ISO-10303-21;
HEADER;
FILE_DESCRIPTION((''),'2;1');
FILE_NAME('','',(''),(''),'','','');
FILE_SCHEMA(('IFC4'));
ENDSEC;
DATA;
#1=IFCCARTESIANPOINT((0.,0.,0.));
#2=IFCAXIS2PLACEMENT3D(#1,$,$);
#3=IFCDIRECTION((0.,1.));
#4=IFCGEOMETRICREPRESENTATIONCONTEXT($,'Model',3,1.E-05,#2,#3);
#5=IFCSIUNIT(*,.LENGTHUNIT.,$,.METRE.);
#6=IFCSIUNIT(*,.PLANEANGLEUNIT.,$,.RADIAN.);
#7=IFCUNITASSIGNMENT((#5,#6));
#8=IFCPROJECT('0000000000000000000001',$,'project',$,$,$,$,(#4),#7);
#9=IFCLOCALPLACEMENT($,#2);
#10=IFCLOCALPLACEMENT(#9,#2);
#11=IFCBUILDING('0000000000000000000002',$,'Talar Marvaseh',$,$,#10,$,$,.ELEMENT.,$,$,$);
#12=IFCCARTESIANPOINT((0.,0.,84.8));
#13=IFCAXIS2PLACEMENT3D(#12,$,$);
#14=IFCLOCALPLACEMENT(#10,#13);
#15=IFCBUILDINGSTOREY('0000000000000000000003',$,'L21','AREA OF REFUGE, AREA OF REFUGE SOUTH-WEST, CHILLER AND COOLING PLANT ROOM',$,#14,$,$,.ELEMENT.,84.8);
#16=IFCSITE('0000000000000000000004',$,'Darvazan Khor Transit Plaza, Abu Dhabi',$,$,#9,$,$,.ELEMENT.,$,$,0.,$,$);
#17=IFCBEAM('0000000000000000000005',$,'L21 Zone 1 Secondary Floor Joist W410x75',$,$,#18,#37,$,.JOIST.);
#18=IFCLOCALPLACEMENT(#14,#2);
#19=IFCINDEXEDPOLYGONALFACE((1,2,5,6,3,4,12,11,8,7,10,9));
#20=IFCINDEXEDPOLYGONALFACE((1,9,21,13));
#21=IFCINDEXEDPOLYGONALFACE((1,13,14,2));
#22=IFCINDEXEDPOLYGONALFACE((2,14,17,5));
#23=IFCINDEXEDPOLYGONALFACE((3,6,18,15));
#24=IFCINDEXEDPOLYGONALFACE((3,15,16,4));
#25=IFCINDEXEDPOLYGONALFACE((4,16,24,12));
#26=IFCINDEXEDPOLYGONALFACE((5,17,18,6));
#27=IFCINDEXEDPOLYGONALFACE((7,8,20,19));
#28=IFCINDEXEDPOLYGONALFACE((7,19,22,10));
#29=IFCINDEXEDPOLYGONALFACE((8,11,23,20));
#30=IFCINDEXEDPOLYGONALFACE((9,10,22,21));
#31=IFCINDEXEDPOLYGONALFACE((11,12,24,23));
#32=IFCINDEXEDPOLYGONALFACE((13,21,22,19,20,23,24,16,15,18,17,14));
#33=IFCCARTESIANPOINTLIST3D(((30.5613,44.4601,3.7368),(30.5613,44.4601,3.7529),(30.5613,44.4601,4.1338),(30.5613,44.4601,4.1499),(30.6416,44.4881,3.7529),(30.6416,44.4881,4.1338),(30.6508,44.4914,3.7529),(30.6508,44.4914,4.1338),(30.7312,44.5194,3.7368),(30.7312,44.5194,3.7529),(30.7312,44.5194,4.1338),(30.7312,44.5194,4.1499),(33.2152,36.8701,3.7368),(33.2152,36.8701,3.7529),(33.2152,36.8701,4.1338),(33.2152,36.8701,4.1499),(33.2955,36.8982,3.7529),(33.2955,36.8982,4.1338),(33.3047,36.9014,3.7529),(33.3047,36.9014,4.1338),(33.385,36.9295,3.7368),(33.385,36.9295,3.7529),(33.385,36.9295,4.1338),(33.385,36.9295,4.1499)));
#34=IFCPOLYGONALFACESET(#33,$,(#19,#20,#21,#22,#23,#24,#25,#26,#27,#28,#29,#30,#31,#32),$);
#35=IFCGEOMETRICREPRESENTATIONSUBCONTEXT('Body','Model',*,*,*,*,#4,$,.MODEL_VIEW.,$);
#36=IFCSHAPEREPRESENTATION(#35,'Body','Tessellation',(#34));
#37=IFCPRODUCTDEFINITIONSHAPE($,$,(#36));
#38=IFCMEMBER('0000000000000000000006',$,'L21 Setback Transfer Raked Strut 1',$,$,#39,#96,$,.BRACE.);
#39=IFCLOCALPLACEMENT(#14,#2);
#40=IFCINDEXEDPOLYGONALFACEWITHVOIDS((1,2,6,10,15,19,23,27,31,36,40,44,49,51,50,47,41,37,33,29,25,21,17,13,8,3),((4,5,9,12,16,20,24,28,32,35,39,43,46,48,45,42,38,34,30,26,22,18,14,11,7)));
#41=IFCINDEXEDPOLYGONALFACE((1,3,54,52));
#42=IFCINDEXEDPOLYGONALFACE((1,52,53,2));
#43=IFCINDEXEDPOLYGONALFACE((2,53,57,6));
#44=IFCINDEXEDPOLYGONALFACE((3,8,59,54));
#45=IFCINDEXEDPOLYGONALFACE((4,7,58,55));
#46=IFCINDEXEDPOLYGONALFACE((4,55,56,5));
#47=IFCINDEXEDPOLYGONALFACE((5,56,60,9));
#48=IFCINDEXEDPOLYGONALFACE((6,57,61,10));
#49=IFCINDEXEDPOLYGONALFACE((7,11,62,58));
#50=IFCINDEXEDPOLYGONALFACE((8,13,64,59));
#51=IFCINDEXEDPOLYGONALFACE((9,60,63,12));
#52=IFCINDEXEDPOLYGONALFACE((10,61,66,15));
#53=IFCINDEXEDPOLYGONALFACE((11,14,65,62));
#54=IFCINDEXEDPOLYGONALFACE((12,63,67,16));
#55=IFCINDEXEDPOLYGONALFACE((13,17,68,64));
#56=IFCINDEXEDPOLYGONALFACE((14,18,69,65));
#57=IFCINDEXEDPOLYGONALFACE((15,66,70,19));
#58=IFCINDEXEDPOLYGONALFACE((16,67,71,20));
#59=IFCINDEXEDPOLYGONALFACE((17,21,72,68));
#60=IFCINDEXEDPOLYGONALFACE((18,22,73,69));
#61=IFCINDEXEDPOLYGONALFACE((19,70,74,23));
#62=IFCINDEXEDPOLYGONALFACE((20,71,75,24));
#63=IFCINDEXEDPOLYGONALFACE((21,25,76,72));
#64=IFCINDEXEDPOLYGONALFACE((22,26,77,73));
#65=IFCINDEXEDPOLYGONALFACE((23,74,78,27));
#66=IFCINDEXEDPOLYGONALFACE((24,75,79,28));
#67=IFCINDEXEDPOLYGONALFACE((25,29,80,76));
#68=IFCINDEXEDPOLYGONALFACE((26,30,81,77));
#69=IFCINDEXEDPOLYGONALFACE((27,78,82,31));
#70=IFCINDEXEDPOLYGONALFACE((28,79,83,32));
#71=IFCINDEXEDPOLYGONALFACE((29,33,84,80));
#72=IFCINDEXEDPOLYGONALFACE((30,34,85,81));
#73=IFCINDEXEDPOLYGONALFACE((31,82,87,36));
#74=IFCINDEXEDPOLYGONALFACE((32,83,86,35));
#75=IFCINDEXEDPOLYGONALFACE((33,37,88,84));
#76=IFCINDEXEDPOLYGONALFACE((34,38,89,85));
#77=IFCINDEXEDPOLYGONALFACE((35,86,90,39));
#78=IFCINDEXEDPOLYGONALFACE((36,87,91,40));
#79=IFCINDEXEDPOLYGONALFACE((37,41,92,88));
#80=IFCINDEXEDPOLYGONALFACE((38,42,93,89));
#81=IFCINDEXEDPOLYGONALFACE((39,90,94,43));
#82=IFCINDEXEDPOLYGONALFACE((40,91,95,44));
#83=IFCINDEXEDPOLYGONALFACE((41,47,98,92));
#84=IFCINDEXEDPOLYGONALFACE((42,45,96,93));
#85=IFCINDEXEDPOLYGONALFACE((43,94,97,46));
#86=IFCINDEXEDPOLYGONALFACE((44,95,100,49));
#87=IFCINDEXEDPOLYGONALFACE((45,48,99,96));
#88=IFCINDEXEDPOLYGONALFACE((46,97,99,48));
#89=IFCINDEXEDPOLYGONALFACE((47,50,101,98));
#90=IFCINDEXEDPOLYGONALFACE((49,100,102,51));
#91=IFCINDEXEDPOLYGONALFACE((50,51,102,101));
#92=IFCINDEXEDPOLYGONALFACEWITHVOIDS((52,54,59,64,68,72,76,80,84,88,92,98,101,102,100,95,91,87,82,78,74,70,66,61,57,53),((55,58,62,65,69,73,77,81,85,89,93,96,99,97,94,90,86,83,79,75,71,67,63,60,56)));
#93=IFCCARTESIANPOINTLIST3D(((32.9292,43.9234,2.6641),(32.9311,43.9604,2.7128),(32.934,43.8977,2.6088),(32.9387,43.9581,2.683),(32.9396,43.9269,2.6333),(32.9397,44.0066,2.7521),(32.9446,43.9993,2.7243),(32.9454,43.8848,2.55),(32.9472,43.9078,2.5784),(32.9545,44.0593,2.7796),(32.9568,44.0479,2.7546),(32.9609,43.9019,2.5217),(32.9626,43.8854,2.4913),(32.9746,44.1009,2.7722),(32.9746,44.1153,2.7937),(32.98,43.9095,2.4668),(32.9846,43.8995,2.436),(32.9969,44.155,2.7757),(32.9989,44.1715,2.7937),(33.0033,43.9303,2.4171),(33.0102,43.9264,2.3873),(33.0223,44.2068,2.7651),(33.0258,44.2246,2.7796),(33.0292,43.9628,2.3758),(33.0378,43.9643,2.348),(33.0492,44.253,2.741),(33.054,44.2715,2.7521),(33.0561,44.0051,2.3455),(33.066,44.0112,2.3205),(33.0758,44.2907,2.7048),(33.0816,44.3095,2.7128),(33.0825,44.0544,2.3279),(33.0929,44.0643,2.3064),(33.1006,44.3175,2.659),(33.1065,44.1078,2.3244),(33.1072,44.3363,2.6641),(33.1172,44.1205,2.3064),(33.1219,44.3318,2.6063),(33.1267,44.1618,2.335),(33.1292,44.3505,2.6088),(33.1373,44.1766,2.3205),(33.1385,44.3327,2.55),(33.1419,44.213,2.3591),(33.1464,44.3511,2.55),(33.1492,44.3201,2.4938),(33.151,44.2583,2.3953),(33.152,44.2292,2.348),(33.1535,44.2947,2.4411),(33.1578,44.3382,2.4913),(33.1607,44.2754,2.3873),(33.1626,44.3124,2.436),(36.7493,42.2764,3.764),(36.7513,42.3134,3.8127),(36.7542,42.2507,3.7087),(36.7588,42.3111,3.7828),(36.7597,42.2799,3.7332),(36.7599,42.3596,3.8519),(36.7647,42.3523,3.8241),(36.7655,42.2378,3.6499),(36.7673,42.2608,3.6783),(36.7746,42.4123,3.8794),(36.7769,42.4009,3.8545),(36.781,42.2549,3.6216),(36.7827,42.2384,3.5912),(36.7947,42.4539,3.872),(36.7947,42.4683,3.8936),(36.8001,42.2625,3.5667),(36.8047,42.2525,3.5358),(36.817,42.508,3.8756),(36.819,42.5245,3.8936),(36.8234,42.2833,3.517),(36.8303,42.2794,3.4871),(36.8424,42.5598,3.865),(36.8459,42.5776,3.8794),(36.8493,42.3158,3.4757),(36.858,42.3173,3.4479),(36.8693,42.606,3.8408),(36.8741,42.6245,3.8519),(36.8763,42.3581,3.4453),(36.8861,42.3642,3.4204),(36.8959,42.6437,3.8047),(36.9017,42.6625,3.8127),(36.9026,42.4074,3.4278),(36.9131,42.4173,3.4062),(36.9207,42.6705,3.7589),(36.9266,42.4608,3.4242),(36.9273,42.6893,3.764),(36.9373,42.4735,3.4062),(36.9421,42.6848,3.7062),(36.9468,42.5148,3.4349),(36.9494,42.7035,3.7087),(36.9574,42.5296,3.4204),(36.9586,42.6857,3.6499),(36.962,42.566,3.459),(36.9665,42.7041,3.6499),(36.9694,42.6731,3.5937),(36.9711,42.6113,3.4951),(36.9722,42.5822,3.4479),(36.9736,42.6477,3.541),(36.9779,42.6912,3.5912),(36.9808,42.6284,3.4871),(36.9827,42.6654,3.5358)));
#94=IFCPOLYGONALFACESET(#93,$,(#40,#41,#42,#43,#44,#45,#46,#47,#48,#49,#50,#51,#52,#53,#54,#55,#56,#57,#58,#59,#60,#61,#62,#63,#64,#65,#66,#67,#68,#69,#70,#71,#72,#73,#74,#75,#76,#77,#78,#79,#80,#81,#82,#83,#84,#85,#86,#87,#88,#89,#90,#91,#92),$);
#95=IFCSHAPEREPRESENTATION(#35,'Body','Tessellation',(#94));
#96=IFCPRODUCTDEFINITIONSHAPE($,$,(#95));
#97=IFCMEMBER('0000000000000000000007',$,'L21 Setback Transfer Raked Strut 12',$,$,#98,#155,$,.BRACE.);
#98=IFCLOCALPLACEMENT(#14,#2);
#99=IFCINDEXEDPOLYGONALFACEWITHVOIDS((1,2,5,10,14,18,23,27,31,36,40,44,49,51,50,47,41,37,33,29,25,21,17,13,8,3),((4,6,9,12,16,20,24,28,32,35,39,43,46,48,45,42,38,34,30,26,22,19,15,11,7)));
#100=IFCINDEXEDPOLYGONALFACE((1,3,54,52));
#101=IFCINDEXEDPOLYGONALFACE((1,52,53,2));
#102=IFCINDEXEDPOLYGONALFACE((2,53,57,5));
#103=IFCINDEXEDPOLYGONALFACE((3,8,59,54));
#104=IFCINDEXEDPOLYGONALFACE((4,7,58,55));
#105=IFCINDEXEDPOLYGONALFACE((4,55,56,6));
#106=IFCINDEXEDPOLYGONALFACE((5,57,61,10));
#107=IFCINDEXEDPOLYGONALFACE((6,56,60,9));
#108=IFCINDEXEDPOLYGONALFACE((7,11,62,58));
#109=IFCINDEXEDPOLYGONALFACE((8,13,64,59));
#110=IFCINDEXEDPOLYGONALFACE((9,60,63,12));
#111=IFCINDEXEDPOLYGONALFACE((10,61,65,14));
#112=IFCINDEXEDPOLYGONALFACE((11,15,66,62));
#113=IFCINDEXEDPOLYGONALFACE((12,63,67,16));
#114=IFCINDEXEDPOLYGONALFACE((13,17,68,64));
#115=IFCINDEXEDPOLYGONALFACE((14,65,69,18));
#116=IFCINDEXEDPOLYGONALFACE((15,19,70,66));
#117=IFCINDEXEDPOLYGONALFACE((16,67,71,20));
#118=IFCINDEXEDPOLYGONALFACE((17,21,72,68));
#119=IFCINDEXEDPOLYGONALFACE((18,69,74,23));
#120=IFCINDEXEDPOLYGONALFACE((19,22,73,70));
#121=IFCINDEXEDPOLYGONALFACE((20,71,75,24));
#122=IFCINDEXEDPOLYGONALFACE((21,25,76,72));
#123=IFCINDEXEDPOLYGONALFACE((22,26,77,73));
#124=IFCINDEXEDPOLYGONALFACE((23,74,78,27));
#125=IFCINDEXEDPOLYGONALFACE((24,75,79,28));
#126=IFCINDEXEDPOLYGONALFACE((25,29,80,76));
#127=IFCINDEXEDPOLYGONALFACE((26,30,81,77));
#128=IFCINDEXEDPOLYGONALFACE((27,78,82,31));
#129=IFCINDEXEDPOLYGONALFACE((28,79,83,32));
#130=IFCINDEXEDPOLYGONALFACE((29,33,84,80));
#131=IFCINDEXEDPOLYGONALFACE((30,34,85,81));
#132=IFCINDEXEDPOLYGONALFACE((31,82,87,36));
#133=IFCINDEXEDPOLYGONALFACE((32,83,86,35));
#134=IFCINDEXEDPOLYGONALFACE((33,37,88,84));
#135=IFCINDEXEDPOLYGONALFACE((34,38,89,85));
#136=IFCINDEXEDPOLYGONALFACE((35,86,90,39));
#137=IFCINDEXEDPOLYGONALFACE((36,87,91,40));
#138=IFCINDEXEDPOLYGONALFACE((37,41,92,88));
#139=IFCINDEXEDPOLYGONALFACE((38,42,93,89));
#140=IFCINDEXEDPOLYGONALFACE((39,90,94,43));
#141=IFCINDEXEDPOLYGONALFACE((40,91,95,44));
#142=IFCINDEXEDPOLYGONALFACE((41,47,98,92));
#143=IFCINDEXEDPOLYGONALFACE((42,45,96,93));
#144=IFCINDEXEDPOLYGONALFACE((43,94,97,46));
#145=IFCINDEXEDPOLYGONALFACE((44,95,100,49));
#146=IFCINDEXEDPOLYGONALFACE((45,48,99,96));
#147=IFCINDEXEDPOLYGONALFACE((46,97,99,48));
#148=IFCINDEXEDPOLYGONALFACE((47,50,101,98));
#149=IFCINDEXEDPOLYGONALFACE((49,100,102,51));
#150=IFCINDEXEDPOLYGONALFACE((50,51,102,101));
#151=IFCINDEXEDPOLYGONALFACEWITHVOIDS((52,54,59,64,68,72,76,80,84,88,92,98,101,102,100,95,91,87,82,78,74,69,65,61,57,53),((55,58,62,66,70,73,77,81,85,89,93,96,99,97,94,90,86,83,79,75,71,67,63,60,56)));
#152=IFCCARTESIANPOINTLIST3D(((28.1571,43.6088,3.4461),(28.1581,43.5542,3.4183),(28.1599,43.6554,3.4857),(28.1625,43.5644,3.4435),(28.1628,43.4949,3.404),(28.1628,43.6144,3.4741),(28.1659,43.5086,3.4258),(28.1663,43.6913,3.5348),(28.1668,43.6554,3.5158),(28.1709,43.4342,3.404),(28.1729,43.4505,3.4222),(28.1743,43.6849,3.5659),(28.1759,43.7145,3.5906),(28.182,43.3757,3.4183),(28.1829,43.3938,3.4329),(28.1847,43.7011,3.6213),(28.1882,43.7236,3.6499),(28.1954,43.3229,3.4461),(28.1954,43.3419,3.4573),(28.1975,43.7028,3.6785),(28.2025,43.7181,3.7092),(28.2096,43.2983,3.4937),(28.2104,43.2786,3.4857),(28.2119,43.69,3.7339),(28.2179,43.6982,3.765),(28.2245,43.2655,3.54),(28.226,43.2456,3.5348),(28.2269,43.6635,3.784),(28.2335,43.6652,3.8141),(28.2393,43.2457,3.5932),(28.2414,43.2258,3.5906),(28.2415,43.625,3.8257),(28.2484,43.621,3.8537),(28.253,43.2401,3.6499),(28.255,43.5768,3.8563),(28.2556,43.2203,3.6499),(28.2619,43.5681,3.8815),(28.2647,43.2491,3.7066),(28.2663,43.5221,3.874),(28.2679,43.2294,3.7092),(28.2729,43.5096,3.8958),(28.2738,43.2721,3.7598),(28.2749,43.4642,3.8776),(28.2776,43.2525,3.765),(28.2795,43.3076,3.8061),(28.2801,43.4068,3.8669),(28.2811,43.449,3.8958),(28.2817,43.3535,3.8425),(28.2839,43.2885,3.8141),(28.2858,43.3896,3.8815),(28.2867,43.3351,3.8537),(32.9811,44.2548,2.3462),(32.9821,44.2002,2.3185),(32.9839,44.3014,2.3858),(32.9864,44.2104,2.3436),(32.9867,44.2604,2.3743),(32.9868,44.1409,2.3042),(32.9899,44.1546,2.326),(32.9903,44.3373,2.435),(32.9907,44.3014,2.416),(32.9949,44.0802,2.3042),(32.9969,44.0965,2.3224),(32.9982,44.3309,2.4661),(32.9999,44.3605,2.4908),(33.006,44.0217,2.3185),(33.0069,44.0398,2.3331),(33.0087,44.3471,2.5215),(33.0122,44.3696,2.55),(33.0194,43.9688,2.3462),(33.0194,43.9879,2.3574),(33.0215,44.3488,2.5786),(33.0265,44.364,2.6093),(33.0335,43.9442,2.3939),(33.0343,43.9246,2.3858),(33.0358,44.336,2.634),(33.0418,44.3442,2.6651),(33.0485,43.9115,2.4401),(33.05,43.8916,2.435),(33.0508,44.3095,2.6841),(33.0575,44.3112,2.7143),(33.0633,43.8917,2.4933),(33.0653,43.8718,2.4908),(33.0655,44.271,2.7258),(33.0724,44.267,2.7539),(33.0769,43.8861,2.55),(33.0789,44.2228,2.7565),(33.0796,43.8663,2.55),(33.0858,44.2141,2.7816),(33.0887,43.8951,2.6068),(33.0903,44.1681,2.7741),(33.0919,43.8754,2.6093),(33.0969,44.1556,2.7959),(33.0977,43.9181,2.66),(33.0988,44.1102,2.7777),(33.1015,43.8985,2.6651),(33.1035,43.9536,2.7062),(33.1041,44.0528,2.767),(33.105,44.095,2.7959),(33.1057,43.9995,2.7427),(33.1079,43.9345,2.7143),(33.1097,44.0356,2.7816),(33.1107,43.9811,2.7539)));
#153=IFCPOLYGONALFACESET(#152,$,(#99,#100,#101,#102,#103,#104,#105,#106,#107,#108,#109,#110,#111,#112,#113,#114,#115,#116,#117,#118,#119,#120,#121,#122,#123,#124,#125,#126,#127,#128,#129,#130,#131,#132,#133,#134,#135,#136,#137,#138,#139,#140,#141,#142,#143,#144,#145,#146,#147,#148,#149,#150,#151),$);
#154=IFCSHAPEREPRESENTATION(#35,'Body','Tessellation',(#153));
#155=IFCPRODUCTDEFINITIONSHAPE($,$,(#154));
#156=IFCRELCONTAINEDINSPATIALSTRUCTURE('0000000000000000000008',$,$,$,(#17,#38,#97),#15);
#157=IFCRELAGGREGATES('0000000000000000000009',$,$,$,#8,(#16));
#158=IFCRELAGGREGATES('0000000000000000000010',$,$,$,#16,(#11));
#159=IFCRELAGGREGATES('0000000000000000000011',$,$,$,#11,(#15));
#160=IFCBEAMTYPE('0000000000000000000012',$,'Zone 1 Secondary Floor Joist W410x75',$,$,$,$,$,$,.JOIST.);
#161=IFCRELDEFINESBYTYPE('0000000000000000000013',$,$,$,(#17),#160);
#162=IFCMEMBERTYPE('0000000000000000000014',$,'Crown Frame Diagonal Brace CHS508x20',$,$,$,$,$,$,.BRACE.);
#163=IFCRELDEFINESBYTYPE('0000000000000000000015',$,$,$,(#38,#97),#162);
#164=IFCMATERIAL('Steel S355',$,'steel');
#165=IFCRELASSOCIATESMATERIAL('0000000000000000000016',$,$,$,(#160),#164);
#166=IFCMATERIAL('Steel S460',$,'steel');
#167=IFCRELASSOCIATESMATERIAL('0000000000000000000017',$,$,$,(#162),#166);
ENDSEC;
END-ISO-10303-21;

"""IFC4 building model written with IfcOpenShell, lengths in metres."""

from ifc_helpers import new_model, si_unit, direction, frame, origin, origin_2d, place, context, subcontext, project, spatial, hollow_circle, i_section, extrude, source, transform, mapped, material, material_profile, profile_set, type_object, type_shapes, element, save


model = new_model("IFC4")

# Units and contexts
model_context = context("Model", 3, precision=1e-05, world=origin(), true_north=direction((0.0, 1.0)))
body_context = subcontext(model_context, "Body", "Model", "MODEL_VIEW")
ifc_project = project(units=[si_unit("LENGTHUNIT", "METRE"), si_unit("PLANEANGLEUNIT", "RADIAN")], contexts=[model_context])

# Site, building, storey
site_placement = place(None, origin())
site = spatial("IfcSite", under=ifc_project, at=site_placement, Name="Darvazan Khor Transit Plaza, Abu Dhabi", CompositionType="ELEMENT", RefElevation=0.0)
building_placement = place(site_placement, origin())
building = spatial("IfcBuilding", under=site, at=building_placement, Name="Talar Marvaseh", CompositionType="ELEMENT")
storey_placement = place(building_placement, frame((0.0, 0.0, 84.8)))
storey = spatial("IfcBuildingStorey", under=building, at=storey_placement, Name="L21", Description="AREA OF REFUGE, AREA OF REFUGE SOUTH-WEST, CHILLER AND COOLING PLANT ROOM", CompositionType="ELEMENT", Elevation=84.8)

# Beam
ifc_material_1 = material(Name="Steel S355", Category="steel")
ifc_material_profile_1 = material_profile(ifc_material_1, i_section(OverallWidth=0.1799, OverallDepth=0.4131, WebThickness=0.0098, FlangeThickness=0.0161, at=origin_2d()), Name="W410x75")
ifc_profile_set_1 = profile_set([ifc_material_profile_1], Name="Steel S355")
beam_type = type_object("IfcBeamType", Name="Zone 1 Secondary Floor Joist W410x75", PredefinedType="JOIST", material=ifc_profile_set_1)
beam_placement = place(storey_placement, frame((30.6462, 44.4897, 3.9434), z_axis=(0.330058, -0.943961, 0.0), x_axis=(0.943961, 0.330058, 0.0)))
element("IfcBeam", 1, at=beam_placement, inside=storey, type_object=beam_type, Name="L21 Zone 1 Secondary Floor Joist W410x75", PredefinedType="JOIST", context=body_context, shape_type="SweptSolid", body=[
    extrude(i_section(OverallWidth=0.1799, OverallDepth=0.4131, WebThickness=0.0098, FlangeThickness=0.0161, at=origin_2d()), origin(), (0.0, 0.0, 1.0), 8.0405),
])

# Members
ifc_material_2 = material(Name="Steel S460", Category="steel")
ifc_material_profile_2 = material_profile(ifc_material_2, hollow_circle(Radius=0.2539, WallThickness=0.02, at=origin_2d()), Name="CHS508x20")
ifc_profile_set_2 = profile_set([ifc_material_profile_2], Name="Steel S460")
member_type_1 = type_object("IfcMemberType", Name="Crown Frame Diagonal Brace CHS508x20", PredefinedType="BRACE", material=ifc_profile_set_2)
shared_shape_1 = source(origin(), body_context, "Body", "SweptSolid", [
    extrude(hollow_circle(Radius=0.2539, WallThickness=0.02, at=origin_2d()), origin(), (0.0, 0.0, 1.0), 4.303),
])
member_1_placement = place(storey_placement, frame((33.0459, 44.1179, 2.55), z_axis=(0.887785, -0.382757, 0.255606), x_axis=(0.395909, 0.91829, 0.0)))
element("IfcMember", 2, at=member_1_placement, inside=storey, type_object=member_type_1, Name="L21 Setback Transfer Raked Strut 1", PredefinedType="BRACE", context=body_context, shape_type="MappedRepresentation", body=[
    mapped(shared_shape_1, transform((0.0, 0.0, 0.0), x_axis=(1.0, 0.0, 0.0), y_axis=(0.0, 1.0, 0.0), z_axis=(0.0, 0.0, 1.0), scale=1.0)),
])
shared_shape_2 = source(origin(), body_context, "Body", "SweptSolid", [
    extrude(hollow_circle(Radius=0.2539, WallThickness=0.02, at=origin_2d()), origin(), (0.0, 0.0, 1.0), 4.9897),
])
type_shapes(member_type_1, [shared_shape_1, shared_shape_2])
member_2_placement = place(storey_placement, frame((33.0459, 44.1179, 2.55), z_axis=(-0.966775, -0.129464, 0.220422), x_axis=(0.132729, -0.991152, 0.0)))
element("IfcMember", 3, at=member_2_placement, inside=storey, type_object=member_type_1, Name="L21 Setback Transfer Raked Strut 12", PredefinedType="BRACE", context=body_context, shape_type="MappedRepresentation", body=[
    mapped(shared_shape_2, transform((0.0, 0.0, 0.0), x_axis=(1.0, 0.0, 0.0), y_axis=(0.0, 1.0, 0.0), z_axis=(0.0, 0.0, 1.0), scale=1.0)),
])

save(model, "model.ifc")
